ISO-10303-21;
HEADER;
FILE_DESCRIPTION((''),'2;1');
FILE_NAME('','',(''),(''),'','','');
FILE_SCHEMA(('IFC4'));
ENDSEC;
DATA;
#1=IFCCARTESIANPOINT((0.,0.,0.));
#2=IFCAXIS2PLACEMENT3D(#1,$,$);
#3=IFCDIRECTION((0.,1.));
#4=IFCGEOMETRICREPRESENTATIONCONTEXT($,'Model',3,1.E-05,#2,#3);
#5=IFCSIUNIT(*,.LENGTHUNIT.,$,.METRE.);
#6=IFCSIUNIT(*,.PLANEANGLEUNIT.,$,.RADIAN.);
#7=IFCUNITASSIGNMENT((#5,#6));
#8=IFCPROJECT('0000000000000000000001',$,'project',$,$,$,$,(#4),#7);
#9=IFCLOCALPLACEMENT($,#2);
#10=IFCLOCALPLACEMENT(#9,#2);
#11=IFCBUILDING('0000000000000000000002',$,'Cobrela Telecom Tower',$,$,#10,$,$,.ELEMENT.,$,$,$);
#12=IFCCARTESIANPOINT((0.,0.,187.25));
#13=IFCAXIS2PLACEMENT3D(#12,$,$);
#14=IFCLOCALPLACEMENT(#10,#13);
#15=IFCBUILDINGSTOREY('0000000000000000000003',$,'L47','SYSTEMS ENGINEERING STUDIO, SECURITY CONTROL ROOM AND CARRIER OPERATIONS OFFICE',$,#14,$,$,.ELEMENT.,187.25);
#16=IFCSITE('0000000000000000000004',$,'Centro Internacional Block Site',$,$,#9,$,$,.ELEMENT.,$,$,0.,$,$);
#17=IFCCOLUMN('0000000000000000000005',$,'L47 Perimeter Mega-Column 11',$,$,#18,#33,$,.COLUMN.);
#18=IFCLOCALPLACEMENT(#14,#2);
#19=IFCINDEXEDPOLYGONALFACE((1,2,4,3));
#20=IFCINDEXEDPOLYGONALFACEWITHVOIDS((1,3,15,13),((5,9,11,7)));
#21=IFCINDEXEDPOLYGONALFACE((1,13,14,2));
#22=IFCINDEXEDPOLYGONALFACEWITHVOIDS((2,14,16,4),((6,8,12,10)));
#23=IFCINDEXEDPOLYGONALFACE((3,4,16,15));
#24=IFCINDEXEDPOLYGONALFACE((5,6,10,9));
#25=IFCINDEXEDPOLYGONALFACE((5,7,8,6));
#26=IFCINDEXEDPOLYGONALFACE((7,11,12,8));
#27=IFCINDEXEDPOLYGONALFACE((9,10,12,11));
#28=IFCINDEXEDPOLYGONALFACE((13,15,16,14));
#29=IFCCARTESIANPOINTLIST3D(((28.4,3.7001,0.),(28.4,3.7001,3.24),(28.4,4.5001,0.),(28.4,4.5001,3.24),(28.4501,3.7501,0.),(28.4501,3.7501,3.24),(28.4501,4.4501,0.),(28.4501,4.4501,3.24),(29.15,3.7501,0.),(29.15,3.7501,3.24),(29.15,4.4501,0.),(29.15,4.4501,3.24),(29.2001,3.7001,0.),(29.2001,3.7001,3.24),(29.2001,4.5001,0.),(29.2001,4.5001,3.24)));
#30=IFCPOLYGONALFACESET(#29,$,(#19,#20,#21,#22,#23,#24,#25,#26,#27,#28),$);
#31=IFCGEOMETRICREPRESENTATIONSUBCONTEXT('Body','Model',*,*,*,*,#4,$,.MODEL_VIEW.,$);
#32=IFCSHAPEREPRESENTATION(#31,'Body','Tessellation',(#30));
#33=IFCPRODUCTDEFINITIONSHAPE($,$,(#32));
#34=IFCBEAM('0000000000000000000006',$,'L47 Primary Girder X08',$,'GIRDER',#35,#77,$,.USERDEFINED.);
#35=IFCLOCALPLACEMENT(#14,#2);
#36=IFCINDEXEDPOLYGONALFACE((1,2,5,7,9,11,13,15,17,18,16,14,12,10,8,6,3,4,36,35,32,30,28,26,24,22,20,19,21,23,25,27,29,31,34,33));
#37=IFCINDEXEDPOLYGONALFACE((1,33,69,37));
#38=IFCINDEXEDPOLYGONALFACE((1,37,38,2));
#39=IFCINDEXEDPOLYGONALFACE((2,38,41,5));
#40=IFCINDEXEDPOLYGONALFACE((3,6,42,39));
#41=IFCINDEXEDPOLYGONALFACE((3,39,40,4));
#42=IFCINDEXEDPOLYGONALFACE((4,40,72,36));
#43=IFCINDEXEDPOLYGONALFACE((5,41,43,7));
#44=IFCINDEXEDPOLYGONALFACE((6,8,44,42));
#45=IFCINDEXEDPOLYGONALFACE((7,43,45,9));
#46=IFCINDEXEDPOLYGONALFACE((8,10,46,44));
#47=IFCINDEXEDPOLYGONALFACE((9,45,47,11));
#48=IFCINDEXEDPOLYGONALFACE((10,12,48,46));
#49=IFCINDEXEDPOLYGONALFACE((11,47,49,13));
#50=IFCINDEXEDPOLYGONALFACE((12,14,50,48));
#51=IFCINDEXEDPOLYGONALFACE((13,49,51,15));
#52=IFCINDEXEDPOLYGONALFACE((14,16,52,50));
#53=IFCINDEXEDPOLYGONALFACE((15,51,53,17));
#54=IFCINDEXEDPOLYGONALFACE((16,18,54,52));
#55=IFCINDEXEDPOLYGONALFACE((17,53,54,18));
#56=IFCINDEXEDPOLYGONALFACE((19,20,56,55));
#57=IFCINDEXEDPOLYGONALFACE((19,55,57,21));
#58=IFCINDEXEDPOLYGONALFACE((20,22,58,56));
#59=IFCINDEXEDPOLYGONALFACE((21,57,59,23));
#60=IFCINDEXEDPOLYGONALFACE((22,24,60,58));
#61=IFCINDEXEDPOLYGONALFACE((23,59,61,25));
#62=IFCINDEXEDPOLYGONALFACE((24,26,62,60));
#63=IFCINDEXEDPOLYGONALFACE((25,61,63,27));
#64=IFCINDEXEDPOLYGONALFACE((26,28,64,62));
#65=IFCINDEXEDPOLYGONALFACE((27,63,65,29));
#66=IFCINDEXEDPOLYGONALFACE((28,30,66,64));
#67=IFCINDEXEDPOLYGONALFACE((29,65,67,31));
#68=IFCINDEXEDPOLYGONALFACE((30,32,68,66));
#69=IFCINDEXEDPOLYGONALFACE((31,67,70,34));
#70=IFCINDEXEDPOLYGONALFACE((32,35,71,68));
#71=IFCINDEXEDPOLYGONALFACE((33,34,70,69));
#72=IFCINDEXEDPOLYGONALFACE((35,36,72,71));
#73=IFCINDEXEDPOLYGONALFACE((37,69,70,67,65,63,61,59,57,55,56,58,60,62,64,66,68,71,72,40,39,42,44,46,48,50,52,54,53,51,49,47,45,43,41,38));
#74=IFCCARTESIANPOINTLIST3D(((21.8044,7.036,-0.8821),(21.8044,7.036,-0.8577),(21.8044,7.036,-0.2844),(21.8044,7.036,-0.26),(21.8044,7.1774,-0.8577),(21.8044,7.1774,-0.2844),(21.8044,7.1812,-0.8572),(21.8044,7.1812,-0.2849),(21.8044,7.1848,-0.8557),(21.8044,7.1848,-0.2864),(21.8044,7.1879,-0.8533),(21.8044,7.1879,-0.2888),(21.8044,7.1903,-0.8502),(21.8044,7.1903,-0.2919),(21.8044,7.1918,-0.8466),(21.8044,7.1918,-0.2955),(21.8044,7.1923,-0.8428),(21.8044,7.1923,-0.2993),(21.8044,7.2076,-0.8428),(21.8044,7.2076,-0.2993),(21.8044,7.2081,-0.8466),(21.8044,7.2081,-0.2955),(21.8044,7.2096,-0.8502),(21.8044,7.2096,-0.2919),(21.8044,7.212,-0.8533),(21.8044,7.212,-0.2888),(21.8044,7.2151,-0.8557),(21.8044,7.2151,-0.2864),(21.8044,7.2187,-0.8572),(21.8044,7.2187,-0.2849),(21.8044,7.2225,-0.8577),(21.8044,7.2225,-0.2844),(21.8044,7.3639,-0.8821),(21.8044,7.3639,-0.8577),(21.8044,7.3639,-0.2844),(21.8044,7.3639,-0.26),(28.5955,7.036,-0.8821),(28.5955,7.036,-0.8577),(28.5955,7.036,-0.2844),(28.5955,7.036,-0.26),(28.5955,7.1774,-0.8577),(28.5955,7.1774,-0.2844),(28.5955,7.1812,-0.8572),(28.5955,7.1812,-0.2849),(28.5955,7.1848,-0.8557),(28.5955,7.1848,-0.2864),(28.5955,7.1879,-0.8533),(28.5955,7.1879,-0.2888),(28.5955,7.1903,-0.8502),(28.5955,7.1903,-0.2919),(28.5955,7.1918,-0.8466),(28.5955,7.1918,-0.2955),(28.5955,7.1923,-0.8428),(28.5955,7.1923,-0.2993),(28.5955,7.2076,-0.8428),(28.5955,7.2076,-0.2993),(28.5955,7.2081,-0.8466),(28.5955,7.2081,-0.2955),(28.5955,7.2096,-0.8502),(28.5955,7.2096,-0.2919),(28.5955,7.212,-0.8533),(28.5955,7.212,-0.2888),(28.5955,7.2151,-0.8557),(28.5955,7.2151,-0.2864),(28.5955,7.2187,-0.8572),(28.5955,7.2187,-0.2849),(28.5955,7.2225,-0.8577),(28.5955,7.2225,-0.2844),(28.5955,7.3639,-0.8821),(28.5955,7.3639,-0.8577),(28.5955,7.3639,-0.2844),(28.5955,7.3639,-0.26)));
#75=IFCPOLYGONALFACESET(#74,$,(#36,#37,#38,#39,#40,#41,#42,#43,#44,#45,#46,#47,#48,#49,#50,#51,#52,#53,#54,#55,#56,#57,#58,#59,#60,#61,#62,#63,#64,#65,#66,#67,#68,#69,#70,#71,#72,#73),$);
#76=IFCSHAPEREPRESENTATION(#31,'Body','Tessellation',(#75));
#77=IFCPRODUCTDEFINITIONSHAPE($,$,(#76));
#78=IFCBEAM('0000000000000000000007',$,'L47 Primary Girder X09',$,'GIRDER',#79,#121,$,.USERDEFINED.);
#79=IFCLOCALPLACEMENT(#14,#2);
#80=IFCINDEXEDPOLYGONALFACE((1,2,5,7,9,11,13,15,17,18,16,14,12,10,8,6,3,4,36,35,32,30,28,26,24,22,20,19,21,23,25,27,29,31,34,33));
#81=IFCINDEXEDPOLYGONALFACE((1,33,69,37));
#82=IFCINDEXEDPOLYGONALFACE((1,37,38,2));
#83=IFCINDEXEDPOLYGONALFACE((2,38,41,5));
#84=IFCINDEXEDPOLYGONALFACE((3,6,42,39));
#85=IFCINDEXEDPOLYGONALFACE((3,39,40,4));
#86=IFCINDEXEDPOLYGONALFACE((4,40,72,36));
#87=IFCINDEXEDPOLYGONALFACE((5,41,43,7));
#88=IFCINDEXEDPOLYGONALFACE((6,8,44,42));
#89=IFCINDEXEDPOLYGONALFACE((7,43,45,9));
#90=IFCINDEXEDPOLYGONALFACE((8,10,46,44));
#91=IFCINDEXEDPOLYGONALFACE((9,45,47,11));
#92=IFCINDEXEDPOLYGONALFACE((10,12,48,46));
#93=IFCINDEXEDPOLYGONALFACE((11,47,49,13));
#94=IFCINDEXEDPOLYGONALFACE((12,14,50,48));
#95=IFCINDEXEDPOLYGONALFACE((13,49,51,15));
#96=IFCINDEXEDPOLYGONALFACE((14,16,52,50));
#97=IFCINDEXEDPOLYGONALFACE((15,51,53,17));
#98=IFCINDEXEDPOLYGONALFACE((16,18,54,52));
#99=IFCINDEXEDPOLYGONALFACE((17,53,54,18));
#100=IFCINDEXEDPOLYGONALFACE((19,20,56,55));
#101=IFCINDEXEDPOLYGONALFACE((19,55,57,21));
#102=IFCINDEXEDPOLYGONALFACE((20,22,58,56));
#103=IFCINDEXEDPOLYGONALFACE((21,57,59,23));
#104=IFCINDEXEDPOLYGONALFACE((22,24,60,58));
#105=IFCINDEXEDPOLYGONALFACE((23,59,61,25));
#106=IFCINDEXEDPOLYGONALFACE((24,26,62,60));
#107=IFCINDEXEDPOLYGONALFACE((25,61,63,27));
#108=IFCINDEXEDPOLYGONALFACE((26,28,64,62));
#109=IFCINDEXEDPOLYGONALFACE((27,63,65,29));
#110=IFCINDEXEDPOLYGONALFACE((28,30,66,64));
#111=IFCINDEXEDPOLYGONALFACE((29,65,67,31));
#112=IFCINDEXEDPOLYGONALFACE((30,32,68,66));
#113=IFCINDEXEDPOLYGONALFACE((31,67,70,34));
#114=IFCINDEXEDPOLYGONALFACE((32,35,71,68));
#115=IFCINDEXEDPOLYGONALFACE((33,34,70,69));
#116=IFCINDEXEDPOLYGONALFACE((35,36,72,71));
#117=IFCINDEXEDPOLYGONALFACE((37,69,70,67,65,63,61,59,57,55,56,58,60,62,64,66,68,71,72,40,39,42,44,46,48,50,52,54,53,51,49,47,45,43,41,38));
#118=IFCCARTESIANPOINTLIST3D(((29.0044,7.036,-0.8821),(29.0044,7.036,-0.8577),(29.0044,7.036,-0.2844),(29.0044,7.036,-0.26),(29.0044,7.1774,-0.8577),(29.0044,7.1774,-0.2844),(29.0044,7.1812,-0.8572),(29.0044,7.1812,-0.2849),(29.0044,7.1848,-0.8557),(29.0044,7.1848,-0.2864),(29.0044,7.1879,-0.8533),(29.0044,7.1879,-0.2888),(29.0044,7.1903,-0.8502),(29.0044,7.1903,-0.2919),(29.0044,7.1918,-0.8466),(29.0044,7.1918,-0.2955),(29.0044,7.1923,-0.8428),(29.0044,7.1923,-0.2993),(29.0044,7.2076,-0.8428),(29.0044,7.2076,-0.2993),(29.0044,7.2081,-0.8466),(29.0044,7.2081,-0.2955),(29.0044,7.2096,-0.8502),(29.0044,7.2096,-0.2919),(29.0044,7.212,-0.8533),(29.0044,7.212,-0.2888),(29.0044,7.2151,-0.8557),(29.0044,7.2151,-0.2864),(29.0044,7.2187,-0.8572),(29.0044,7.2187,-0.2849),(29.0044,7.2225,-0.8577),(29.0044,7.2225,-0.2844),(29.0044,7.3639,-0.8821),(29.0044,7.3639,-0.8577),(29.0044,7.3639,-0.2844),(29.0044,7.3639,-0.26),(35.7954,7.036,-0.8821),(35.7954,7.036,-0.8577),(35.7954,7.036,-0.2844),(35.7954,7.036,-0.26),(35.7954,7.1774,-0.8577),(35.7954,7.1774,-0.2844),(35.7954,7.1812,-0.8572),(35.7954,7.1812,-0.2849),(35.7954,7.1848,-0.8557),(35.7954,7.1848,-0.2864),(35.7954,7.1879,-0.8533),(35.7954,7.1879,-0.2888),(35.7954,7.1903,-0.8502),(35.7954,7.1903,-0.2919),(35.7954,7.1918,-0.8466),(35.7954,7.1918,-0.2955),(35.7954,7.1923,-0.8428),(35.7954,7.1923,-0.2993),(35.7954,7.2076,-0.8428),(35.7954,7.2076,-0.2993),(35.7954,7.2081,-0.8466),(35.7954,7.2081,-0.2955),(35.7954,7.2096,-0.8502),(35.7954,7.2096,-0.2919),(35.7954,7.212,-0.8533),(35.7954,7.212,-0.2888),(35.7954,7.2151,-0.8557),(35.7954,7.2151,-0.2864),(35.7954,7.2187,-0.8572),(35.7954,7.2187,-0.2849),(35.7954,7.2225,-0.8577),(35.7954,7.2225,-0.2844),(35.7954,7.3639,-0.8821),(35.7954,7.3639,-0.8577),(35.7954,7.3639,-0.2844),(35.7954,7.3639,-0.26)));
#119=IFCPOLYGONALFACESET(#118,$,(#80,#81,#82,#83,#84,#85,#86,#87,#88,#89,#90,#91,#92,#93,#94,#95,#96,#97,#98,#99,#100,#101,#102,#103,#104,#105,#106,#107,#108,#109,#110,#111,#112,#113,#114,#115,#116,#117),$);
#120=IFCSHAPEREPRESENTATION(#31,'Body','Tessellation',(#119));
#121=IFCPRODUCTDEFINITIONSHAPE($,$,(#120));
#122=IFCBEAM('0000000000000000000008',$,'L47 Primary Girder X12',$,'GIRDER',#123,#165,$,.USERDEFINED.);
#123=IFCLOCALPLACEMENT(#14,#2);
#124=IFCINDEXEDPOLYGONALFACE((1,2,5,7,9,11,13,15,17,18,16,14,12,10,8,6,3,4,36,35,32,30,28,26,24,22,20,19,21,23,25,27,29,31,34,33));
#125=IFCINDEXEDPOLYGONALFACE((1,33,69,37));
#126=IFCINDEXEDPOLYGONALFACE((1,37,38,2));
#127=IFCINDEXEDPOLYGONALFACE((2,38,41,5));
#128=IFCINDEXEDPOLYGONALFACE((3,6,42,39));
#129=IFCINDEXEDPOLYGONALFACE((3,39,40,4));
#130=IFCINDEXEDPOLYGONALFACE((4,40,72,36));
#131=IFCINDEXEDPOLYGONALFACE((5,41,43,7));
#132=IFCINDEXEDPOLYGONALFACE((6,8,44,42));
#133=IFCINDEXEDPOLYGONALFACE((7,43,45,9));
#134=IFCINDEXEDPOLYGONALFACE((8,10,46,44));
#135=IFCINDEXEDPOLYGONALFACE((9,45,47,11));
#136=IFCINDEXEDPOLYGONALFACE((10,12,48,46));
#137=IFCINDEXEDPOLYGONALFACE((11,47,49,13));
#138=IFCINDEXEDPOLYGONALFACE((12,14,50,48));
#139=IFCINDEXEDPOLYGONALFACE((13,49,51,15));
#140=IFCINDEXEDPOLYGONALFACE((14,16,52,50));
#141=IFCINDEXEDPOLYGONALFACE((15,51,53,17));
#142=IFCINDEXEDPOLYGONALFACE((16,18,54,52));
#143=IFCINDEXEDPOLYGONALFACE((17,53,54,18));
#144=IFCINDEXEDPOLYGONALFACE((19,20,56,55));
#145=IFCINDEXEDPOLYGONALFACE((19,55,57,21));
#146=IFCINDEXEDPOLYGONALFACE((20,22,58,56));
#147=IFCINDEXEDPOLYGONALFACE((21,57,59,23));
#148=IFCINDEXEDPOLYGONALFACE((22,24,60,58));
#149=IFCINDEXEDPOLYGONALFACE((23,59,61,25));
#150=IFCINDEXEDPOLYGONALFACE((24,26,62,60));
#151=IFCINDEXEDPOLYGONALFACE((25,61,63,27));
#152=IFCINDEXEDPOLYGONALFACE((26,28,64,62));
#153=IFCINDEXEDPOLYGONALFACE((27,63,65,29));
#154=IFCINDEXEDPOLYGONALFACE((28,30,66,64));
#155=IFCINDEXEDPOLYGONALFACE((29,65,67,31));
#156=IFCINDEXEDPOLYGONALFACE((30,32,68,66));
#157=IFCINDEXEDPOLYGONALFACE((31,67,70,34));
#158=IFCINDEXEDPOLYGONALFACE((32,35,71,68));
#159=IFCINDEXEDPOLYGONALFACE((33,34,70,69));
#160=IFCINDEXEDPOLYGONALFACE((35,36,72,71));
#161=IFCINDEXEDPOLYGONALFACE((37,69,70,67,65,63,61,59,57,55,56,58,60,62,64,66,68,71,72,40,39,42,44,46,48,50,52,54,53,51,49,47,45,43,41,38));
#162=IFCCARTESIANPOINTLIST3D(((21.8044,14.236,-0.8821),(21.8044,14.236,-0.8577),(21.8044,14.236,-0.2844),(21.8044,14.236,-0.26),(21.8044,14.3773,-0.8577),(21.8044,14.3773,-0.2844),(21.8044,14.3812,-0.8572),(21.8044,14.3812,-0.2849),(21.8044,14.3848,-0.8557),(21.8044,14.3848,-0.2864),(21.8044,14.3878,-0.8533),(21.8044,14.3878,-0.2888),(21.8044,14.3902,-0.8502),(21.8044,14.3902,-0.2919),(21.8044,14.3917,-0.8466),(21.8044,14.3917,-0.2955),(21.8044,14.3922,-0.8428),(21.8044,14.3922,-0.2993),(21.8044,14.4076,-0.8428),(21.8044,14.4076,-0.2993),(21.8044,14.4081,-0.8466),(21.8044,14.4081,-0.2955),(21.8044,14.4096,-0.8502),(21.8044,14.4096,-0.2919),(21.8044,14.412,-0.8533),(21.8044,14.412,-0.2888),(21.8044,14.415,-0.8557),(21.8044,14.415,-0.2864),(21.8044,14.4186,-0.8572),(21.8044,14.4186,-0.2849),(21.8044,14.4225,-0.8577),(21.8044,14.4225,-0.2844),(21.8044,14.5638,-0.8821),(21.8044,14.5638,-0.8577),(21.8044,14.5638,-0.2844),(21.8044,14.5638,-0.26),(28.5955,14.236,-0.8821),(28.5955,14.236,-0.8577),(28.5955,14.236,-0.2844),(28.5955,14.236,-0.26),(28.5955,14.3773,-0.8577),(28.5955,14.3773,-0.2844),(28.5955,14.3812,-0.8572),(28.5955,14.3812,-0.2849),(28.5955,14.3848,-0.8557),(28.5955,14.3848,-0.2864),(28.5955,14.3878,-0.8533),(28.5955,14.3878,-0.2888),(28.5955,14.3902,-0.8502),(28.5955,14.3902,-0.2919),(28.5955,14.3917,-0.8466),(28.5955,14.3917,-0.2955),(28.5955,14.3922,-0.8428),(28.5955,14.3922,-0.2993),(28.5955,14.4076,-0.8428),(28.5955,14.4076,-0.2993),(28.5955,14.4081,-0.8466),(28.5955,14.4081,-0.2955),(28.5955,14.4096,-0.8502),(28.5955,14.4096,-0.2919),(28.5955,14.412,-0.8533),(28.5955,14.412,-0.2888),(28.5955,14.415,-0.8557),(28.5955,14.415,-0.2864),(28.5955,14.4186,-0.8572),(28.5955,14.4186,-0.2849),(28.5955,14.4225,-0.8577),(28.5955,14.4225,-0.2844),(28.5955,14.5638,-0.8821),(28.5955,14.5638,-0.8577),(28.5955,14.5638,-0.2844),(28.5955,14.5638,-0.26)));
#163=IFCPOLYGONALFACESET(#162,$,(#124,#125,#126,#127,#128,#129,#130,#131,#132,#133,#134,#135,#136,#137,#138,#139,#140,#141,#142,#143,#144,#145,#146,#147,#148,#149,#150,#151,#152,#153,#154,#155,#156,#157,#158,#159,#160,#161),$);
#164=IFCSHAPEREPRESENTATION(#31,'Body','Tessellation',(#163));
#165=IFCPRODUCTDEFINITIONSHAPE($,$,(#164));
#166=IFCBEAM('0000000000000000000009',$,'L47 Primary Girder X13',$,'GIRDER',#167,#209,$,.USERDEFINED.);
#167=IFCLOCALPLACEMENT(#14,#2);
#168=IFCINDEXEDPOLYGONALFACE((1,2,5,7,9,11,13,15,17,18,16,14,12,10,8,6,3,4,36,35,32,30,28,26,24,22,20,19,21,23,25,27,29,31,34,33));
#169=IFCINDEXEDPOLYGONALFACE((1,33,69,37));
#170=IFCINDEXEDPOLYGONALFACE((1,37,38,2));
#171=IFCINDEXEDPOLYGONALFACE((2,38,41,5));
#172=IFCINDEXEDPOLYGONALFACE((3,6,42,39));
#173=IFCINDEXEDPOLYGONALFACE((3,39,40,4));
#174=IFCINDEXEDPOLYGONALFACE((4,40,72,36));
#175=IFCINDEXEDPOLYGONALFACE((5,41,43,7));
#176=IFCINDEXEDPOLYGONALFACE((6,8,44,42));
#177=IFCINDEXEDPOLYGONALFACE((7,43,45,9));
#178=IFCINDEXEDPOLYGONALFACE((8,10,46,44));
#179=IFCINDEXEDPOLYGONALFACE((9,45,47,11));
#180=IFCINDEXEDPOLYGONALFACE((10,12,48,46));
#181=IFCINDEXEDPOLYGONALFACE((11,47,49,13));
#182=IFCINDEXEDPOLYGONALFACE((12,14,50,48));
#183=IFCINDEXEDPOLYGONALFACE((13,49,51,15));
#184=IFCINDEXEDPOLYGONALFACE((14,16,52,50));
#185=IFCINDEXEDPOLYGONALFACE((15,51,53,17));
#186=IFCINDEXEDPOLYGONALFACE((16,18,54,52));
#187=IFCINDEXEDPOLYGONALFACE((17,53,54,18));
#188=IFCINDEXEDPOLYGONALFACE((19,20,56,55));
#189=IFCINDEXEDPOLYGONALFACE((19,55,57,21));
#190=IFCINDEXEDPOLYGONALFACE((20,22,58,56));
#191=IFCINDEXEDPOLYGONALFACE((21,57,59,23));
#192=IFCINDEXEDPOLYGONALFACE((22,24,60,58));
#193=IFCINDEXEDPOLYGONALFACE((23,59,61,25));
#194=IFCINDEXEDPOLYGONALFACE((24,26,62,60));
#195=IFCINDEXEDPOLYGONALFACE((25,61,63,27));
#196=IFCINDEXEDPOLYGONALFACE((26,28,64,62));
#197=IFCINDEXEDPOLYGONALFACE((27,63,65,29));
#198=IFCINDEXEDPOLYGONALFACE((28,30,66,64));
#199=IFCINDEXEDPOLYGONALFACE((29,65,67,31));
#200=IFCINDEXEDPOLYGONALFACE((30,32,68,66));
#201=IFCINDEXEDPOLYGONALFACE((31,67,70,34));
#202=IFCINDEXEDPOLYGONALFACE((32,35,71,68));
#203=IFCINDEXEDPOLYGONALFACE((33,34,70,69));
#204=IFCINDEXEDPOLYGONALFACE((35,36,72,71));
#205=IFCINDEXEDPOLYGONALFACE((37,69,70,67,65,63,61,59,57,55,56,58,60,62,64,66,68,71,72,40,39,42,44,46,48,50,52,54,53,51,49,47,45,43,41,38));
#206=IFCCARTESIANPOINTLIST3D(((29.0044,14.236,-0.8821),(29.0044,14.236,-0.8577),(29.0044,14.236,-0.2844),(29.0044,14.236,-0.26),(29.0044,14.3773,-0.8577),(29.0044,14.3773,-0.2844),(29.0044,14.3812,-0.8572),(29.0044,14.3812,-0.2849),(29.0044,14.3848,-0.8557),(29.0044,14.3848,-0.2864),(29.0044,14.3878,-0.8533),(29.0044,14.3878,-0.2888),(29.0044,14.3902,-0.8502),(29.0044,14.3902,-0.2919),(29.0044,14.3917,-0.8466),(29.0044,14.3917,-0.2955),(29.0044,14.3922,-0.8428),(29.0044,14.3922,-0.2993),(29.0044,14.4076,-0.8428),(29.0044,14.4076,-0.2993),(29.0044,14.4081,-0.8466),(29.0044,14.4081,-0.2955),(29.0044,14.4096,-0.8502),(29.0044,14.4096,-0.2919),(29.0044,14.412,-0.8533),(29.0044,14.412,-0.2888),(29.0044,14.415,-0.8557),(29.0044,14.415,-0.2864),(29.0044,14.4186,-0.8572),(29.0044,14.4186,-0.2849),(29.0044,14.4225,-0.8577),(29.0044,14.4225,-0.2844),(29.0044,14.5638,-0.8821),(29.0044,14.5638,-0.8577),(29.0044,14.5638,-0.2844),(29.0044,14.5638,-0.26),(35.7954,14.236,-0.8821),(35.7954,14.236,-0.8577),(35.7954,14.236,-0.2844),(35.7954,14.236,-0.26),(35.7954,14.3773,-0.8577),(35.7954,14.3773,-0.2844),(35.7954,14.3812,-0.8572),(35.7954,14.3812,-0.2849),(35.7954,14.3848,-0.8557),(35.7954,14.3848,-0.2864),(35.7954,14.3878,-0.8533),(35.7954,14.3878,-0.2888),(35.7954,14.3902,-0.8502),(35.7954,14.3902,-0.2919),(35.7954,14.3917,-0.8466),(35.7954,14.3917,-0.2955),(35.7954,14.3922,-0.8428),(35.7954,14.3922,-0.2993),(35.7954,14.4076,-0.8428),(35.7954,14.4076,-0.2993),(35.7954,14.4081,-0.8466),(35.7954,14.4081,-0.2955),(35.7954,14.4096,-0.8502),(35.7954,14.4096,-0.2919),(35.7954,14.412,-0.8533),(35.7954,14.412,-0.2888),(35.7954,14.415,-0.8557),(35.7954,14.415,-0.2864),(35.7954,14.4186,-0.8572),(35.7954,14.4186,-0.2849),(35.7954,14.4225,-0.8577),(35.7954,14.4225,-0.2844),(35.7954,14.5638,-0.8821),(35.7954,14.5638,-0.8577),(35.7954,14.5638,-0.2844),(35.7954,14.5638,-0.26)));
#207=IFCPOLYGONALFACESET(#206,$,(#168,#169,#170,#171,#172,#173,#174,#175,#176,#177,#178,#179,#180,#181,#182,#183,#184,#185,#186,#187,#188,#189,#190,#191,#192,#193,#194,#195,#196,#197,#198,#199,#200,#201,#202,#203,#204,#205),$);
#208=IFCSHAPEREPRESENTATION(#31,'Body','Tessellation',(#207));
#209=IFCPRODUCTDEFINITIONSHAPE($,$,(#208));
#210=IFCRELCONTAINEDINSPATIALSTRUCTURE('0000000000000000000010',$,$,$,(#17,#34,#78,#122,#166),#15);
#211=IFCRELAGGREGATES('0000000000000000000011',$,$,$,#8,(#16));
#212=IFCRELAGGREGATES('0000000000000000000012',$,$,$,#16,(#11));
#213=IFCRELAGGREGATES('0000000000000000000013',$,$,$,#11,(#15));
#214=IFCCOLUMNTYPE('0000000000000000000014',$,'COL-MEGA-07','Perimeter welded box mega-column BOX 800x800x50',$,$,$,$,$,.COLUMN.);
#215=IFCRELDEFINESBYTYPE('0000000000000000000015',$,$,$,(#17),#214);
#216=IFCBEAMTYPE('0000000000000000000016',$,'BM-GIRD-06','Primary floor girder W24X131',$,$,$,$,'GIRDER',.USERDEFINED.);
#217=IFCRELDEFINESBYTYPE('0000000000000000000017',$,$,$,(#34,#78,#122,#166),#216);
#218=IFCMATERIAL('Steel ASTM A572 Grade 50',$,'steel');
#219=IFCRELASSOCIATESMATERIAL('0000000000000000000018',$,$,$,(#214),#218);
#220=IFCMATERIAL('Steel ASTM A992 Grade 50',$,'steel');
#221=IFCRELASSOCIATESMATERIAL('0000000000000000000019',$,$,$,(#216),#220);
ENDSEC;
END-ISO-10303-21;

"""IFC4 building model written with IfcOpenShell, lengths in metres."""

from ifc_helpers import new_model, si_unit, direction, frame, origin, origin_2d, place, context, subcontext, project, spatial, hollow_rectangle, i_section, extrude, material, material_profile, profile_set, type_object, element, save


model = new_model("IFC4")

# Units and contexts
model_context = context("Model", 3, precision=1e-05, world=origin(), true_north=direction((0.0, 1.0)))
body_context = subcontext(model_context, "Body", "Model", "MODEL_VIEW")
ifc_project = project(units=[si_unit("LENGTHUNIT", "METRE"), si_unit("PLANEANGLEUNIT", "RADIAN")], contexts=[model_context])

# Site, building, storey
site_placement = place(None, origin())
site = spatial("IfcSite", under=ifc_project, at=site_placement, Name="Centro Internacional Block Site", CompositionType="ELEMENT", RefElevation=0.0)
building_placement = place(site_placement, origin())
building = spatial("IfcBuilding", under=site, at=building_placement, Name="Cobrela Telecom Tower", CompositionType="ELEMENT")
storey_placement = place(building_placement, frame((0.0, 0.0, 187.25)))
storey = spatial("IfcBuildingStorey", under=building, at=storey_placement, Name="L47", Description="SYSTEMS ENGINEERING STUDIO, SECURITY CONTROL ROOM AND CARRIER OPERATIONS OFFICE", CompositionType="ELEMENT", Elevation=187.25)

# Column
ifc_material_1 = material(Name="Steel ASTM A992 Grade 50", Category="steel")
ifc_material_2 = material(Name="Steel ASTM A572 Grade 50", Category="steel")
ifc_material_profile_1 = material_profile(ifc_material_2, hollow_rectangle(XDim=0.8, YDim=0.8, WallThickness=0.05, at=origin_2d()), Name="BOX 800x800x50")
ifc_profile_set_1 = profile_set([ifc_material_profile_1], Name="Steel ASTM A572 Grade 50")
column_type_1 = type_object("IfcColumnType", Name="COL-MEGA-07", Description="Perimeter welded box mega-column BOX 800x800x50", PredefinedType="COLUMN", material=ifc_profile_set_1)
for number, where, z_axis, x_axis, name in (
    (1, (28.8, 4.1001, 0.0), (0.0, 0.0, 1.0), (1.0, 0.0, 0.0), "L47 Perimeter Mega-Column 11"),
):
    element("IfcColumn", number, at=place(storey_placement, frame(where, z_axis=z_axis, x_axis=x_axis)), inside=storey, type_object=column_type_1, Name=name, PredefinedType="COLUMN", context=body_context, shape_type="SweptSolid", body=[
        extrude(hollow_rectangle(XDim=0.8, YDim=0.8, WallThickness=0.05, at=origin_2d()), origin(), (0.0, 0.0, 1.0), 3.24),
    ])

# Beams
ifc_material_profile_2 = material_profile(ifc_material_1, i_section(OverallWidth=0.3279, OverallDepth=0.6221, WebThickness=0.0154, FlangeThickness=0.0244, FilletRadius=0.0149, at=origin_2d()), Name="W24X131")
ifc_profile_set_2 = profile_set([ifc_material_profile_2], Name="Steel ASTM A992 Grade 50")
beam_type_1 = type_object("IfcBeamType", Name="BM-GIRD-06", Description="Primary floor girder W24X131", ElementType="GIRDER", PredefinedType="USERDEFINED", material=ifc_profile_set_2)
for number, where, z_axis, x_axis, name in (
    (2, (21.8044, 7.2, -0.571), (1.0, 0.0, 0.0), (0.0, 1.0, 0.0), "L47 Primary Girder X08"),
    (3, (29.0044, 7.2, -0.571), (1.0, 0.0, 0.0), (0.0, 1.0, 0.0), "L47 Primary Girder X09"),
    (4, (21.8044, 14.3999, -0.571), (1.0, 0.0, 0.0), (0.0, 1.0, 0.0), "L47 Primary Girder X12"),
    (5, (29.0044, 14.3999, -0.571), (1.0, 0.0, 0.0), (0.0, 1.0, 0.0), "L47 Primary Girder X13"),
):
    element("IfcBeam", number, at=place(storey_placement, frame(where, z_axis=z_axis, x_axis=x_axis)), inside=storey, type_object=beam_type_1, Name=name, ObjectType="GIRDER", PredefinedType="USERDEFINED", context=body_context, shape_type="SweptSolid", body=[
        extrude(i_section(OverallWidth=0.3279, OverallDepth=0.6221, WebThickness=0.0154, FlangeThickness=0.0244, FilletRadius=0.0149, at=origin_2d()), origin(), (0.0, 0.0, 1.0), 6.791),
    ])

save(model, "model.ifc")
